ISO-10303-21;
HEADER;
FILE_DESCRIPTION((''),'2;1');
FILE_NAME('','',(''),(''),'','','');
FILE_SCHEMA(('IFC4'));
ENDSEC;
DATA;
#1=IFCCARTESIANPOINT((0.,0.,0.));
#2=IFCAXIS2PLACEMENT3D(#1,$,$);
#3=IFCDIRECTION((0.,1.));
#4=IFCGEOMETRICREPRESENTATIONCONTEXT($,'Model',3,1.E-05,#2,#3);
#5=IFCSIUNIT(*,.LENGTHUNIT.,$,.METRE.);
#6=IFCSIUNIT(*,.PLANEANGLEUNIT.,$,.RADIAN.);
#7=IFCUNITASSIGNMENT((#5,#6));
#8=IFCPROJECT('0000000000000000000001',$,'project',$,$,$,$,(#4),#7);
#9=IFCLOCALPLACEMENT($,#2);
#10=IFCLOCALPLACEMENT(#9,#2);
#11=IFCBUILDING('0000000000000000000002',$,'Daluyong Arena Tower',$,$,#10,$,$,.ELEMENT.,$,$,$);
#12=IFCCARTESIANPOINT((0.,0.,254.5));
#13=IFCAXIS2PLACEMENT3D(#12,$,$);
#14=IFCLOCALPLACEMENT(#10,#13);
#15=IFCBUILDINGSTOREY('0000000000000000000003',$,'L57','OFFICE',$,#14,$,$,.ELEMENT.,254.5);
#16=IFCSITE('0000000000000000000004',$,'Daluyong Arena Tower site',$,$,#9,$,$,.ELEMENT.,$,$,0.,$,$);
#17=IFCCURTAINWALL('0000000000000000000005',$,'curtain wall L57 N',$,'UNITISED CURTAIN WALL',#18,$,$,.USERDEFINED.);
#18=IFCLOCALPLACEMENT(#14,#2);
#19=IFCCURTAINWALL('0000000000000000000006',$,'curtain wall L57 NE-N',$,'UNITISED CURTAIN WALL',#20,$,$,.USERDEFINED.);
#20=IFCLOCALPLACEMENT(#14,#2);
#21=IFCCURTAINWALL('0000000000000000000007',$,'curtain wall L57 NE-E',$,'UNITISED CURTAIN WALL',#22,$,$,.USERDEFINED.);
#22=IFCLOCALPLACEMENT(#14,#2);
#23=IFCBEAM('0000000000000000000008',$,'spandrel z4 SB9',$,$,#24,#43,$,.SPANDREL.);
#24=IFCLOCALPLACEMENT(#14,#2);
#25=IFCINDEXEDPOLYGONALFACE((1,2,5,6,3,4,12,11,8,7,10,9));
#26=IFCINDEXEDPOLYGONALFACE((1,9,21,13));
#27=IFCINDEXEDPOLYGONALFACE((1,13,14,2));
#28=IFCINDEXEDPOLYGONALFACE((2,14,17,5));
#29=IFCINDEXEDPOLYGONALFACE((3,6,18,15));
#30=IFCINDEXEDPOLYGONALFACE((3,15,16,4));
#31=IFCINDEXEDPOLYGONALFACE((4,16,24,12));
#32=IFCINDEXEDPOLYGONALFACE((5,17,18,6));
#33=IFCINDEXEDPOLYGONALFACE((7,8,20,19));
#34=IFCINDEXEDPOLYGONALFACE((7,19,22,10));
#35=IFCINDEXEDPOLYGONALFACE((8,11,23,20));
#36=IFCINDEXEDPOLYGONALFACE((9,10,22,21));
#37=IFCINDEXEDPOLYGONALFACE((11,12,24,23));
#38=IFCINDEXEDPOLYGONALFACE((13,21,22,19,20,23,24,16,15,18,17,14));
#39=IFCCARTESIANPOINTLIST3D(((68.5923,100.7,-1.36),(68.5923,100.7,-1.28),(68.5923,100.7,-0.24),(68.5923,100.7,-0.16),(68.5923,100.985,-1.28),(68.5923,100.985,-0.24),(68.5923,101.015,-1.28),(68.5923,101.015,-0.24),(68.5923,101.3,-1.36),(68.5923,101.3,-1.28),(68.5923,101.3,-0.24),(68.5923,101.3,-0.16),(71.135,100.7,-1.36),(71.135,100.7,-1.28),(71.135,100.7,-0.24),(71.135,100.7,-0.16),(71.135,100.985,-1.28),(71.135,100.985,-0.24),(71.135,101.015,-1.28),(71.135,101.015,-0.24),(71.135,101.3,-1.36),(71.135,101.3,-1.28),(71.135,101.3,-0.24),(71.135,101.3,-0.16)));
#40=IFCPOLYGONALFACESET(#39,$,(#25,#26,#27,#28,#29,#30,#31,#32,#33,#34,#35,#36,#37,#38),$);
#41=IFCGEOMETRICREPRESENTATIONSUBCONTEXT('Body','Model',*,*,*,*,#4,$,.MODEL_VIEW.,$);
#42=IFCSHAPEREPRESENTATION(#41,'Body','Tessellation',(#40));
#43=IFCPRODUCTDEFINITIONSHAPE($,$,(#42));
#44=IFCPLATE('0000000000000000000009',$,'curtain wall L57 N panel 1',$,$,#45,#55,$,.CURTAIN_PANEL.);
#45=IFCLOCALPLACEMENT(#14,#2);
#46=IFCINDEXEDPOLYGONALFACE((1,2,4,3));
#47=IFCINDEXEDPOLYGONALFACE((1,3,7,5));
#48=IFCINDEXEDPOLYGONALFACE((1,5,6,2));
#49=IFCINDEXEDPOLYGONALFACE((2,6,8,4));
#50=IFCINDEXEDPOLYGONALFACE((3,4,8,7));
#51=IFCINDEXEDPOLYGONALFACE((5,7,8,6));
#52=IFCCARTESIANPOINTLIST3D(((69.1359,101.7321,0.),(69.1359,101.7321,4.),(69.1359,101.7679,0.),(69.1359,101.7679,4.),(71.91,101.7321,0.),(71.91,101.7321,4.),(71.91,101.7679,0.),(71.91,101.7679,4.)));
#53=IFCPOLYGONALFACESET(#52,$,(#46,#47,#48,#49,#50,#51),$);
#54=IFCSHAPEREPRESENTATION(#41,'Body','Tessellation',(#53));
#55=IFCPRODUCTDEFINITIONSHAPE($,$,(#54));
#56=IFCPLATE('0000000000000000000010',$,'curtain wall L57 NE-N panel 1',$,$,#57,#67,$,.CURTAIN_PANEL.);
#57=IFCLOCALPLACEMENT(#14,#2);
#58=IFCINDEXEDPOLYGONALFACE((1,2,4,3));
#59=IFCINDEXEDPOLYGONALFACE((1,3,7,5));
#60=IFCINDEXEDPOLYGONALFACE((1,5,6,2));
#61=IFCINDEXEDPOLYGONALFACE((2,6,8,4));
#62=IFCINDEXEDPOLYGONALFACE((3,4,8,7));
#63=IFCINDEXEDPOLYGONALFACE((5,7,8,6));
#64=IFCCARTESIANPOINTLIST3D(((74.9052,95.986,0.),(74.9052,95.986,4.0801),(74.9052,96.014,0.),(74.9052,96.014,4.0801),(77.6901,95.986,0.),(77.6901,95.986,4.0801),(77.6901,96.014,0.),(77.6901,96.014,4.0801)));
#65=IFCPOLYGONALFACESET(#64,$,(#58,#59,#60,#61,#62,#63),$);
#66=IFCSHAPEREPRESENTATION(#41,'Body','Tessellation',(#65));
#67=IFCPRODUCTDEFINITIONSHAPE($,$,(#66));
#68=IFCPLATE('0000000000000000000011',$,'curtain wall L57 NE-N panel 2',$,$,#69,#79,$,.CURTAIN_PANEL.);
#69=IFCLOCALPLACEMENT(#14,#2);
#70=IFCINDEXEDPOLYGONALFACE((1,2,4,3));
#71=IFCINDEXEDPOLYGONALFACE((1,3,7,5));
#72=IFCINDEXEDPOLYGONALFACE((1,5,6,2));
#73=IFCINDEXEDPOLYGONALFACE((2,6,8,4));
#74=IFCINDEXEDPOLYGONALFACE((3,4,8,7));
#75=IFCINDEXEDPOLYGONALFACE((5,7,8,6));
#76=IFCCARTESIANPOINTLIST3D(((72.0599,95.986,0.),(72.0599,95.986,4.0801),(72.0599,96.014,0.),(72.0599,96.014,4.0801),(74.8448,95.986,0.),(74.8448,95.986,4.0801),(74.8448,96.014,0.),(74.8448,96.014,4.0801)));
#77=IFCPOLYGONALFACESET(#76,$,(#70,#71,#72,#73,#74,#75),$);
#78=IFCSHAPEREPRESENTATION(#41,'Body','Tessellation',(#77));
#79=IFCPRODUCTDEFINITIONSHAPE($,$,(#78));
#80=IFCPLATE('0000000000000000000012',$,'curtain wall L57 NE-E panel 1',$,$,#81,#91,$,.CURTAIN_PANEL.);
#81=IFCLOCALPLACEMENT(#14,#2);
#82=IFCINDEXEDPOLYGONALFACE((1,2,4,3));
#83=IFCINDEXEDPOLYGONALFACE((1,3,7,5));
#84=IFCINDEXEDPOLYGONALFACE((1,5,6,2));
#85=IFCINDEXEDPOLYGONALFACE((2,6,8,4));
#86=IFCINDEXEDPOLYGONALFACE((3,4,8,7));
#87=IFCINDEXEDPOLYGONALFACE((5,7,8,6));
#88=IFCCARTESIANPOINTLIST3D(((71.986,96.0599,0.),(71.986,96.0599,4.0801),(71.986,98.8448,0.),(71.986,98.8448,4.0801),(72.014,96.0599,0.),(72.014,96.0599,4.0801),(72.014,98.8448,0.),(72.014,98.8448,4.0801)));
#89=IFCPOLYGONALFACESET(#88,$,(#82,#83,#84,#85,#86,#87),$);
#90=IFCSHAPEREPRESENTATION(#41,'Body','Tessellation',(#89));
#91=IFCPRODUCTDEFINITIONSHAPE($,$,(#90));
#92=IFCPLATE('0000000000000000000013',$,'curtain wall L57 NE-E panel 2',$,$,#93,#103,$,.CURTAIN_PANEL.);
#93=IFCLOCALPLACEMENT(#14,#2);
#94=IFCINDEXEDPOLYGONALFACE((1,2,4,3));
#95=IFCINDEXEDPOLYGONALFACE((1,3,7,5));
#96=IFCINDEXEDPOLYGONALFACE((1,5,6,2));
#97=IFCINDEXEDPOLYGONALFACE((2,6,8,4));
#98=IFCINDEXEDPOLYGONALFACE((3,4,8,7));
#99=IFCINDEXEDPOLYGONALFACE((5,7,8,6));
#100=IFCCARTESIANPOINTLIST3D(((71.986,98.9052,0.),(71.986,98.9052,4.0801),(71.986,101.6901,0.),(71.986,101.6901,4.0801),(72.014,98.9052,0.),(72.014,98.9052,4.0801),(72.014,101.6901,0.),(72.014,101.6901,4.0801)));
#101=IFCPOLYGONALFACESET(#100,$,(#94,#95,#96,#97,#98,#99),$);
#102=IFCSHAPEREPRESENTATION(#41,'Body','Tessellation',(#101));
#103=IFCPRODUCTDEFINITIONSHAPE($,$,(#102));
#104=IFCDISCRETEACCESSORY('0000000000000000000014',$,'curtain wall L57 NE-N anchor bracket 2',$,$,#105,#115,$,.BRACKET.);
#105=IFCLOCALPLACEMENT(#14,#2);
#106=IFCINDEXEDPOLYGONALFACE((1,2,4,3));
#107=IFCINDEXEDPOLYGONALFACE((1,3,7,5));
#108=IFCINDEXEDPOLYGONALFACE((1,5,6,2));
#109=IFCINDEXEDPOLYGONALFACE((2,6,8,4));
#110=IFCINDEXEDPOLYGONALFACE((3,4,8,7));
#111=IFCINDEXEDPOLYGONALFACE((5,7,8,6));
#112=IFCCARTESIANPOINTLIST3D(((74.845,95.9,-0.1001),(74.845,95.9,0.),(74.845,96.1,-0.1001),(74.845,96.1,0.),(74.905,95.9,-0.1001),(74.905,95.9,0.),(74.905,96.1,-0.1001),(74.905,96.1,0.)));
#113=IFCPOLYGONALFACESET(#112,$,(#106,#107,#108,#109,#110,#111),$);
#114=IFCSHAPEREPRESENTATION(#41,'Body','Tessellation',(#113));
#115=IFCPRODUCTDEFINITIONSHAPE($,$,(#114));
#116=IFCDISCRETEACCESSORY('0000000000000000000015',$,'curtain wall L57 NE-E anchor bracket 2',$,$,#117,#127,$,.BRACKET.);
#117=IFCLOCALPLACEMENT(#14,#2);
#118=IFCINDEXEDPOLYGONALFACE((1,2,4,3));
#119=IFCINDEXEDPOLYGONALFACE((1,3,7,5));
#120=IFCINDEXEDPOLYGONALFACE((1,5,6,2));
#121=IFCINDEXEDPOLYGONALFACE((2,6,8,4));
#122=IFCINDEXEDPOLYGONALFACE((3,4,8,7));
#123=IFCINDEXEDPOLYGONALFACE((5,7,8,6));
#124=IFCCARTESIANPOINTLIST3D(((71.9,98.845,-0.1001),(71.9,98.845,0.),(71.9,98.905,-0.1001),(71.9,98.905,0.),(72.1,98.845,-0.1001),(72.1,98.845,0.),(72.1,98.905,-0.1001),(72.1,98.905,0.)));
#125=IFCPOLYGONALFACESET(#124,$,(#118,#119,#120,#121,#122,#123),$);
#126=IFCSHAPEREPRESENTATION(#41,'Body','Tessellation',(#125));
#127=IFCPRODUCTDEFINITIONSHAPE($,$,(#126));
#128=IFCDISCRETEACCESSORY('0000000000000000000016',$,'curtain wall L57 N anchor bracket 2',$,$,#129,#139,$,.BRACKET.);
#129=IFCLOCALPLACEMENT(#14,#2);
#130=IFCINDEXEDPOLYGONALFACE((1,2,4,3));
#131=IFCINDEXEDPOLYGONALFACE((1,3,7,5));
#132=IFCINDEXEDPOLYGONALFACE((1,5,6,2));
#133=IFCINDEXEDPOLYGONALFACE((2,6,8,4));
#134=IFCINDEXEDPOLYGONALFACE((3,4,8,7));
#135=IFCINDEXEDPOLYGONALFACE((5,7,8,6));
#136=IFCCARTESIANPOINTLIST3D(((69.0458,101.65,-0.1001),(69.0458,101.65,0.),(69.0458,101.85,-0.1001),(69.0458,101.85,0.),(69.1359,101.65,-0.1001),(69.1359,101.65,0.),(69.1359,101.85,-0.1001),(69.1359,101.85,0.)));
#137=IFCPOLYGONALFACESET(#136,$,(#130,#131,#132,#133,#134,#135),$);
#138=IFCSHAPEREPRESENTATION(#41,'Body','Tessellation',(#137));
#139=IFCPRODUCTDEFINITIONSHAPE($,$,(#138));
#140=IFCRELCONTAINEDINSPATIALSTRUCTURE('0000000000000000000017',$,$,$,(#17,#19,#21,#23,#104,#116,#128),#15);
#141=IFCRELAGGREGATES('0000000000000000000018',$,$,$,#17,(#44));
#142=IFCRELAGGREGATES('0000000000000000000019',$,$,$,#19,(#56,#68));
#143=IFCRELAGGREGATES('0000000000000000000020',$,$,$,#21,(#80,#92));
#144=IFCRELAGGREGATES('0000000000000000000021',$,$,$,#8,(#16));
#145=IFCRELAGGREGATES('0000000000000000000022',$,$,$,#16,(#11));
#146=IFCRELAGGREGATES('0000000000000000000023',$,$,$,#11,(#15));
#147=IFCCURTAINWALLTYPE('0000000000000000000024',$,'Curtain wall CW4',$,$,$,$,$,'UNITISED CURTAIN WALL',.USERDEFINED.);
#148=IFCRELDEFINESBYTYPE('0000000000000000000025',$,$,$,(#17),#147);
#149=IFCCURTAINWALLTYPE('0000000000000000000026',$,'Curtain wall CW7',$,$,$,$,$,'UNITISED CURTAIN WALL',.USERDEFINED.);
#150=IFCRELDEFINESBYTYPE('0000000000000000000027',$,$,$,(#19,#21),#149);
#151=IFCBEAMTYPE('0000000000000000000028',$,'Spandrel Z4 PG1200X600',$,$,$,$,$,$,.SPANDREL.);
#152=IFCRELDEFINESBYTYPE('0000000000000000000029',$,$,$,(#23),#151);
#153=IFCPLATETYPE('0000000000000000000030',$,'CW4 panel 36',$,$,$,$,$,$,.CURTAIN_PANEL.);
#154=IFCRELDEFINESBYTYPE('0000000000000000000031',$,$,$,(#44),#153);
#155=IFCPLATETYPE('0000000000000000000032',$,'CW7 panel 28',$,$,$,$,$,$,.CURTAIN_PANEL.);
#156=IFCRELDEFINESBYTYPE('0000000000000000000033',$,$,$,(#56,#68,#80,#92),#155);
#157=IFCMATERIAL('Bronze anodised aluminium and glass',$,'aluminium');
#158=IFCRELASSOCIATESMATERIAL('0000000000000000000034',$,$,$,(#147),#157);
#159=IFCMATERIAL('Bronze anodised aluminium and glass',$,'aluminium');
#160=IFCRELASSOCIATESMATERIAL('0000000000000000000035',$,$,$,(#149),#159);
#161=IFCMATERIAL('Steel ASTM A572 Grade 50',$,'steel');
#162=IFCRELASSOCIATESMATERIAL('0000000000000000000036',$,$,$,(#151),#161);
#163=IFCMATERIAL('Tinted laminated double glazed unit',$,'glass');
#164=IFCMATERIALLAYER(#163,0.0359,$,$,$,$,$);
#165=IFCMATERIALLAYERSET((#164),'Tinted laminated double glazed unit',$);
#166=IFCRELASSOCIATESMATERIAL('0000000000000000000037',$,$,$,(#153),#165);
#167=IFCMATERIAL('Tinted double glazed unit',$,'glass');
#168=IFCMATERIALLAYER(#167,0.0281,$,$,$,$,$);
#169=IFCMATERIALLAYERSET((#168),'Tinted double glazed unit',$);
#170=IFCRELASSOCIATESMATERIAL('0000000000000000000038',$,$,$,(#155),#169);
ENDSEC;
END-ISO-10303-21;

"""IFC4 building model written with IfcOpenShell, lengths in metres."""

from ifc_helpers import new_model, si_unit, direction, frame, origin, origin_2d, place, context, subcontext, project, spatial, rectangle, i_section, extrude, material, layer, layer_set, material_profile, profile_set, type_object, element, aggregate, save


model = new_model("IFC4")

# Units and contexts
model_context = context("Model", 3, precision=1e-05, world=origin(), true_north=direction((0.0, 1.0)))
body_context = subcontext(model_context, "Body", "Model", "MODEL_VIEW")
ifc_project = project(units=[si_unit("LENGTHUNIT", "METRE"), si_unit("PLANEANGLEUNIT", "RADIAN")], contexts=[model_context])

# Site, building, storey
site_placement = place(None, origin())
site = spatial("IfcSite", under=ifc_project, at=site_placement, Name="Daluyong Arena Tower site", CompositionType="ELEMENT", RefElevation=0.0)
building_placement = place(site_placement, origin())
building = spatial("IfcBuilding", under=site, at=building_placement, Name="Daluyong Arena Tower", CompositionType="ELEMENT")
storey_placement = place(building_placement, frame((0.0, 0.0, 254.5)))
storey = spatial("IfcBuildingStorey", under=building, at=storey_placement, Name="L57", Description="OFFICE", CompositionType="ELEMENT", Elevation=254.5)

# Shared definitions
ifc_material_1 = material(Name="Bronze anodised aluminium and glass", Category="aluminium")
curtain_wall_type_1 = type_object("IfcCurtainWallType", Name="Curtain wall CW4", ElementType="UNITISED CURTAIN WALL", PredefinedType="USERDEFINED", material=ifc_material_1)

# Curtain walls
curtain_wall_1_placement = place(storey_placement, origin())
curtain_wall_1 = element("IfcCurtainWall", 1, at=curtain_wall_1_placement, inside=storey, type_object=curtain_wall_type_1, Name="curtain wall L57 N", ObjectType="UNITISED CURTAIN WALL", PredefinedType="USERDEFINED")
ifc_material_2 = material(Name="Bronze anodised aluminium and glass", Category="aluminium")
curtain_wall_type_2 = type_object("IfcCurtainWallType", Name="Curtain wall CW7", ElementType="UNITISED CURTAIN WALL", PredefinedType="USERDEFINED", material=ifc_material_2)
curtain_wall_2_placement = place(storey_placement, origin())
curtain_wall_2 = element("IfcCurtainWall", 2, at=curtain_wall_2_placement, inside=storey, type_object=curtain_wall_type_2, Name="curtain wall L57 NE-N", ObjectType="UNITISED CURTAIN WALL", PredefinedType="USERDEFINED")
curtain_wall_3_placement = place(storey_placement, origin())
curtain_wall_3 = element("IfcCurtainWall", 3, at=curtain_wall_3_placement, inside=storey, type_object=curtain_wall_type_2, Name="curtain wall L57 NE-E", ObjectType="UNITISED CURTAIN WALL", PredefinedType="USERDEFINED")

# Beam
ifc_material_3 = material(Name="Steel ASTM A572 Grade 50", Category="steel")
ifc_material_profile_1 = material_profile(ifc_material_3, i_section(OverallWidth=0.6001, OverallDepth=1.2, WebThickness=0.03, FlangeThickness=0.08, at=origin_2d()))
ifc_profile_set_1 = profile_set([ifc_material_profile_1], Name="Steel ASTM A572 Grade 50")
beam_type = type_object("IfcBeamType", Name="Spandrel Z4 PG1200X600", PredefinedType="SPANDREL", material=ifc_profile_set_1)
beam_placement = place(storey_placement, frame((71.135, 101.0, -0.76), z_axis=(-1.0, 0.0, 0.0), x_axis=(0.0, -1.0, 0.0)))
element("IfcBeam", 4, at=beam_placement, inside=storey, type_object=beam_type, Name="spandrel z4 SB9", PredefinedType="SPANDREL", context=body_context, shape_type="SweptSolid", body=[
    extrude(i_section(OverallWidth=0.6001, OverallDepth=1.2, WebThickness=0.03, FlangeThickness=0.08, at=origin_2d()), origin(), (0.0, 0.0, 1.0), 2.5427),
])

# Plates
ifc_material_4 = material(Name="Tinted laminated double glazed unit", Category="glass")
ifc_layer_1 = layer(ifc_material_4, 0.0359)
ifc_layer_set_1 = layer_set([ifc_layer_1], Name="Tinted laminated double glazed unit")
plate_type_1 = type_object("IfcPlateType", Name="CW4 panel 36", PredefinedType="CURTAIN_PANEL", material=ifc_layer_set_1)
plate_1_placement = place(storey_placement, frame((70.5229, 101.75, 0.0), z_axis=(0.0, 0.0, 1.0), x_axis=(-1.0, 0.0, 0.0)))
plate_1 = element("IfcPlate", 5, at=plate_1_placement, type_object=plate_type_1, Name="curtain wall L57 N panel 1", PredefinedType="CURTAIN_PANEL", context=body_context, shape_type="SweptSolid", body=[
    extrude(rectangle(XDim=2.7742, YDim=0.0359, at=origin_2d()), origin(), (0.0, 0.0, 1.0), 4.0),
])
aggregate(curtain_wall_1, [plate_1])
ifc_material_5 = material(Name="Tinted double glazed unit", Category="glass")
ifc_layer_2 = layer(ifc_material_5, 0.0281)
ifc_layer_set_2 = layer_set([ifc_layer_2], Name="Tinted double glazed unit")
plate_type_2 = type_object("IfcPlateType", Name="CW7 panel 28", PredefinedType="CURTAIN_PANEL", material=ifc_layer_set_2)
plate_2_placement = place(storey_placement, frame((76.2976, 96.0, 0.0), z_axis=(0.0, 0.0, 1.0), x_axis=(-1.0, 0.0, 0.0)))
plate_2 = element("IfcPlate", 6, at=plate_2_placement, type_object=plate_type_2, Name="curtain wall L57 NE-N panel 1", PredefinedType="CURTAIN_PANEL", context=body_context, shape_type="SweptSolid", body=[
    extrude(rectangle(XDim=2.7849, YDim=0.0281, at=origin_2d()), origin(), (0.0, 0.0, 1.0), 4.0801),
])
plate_3_placement = place(storey_placement, frame((73.4524, 96.0, 0.0), z_axis=(0.0, 0.0, 1.0), x_axis=(-1.0, 0.0, 0.0)))
plate_3 = element("IfcPlate", 7, at=plate_3_placement, type_object=plate_type_2, Name="curtain wall L57 NE-N panel 2", PredefinedType="CURTAIN_PANEL", context=body_context, shape_type="SweptSolid", body=[
    extrude(rectangle(XDim=2.7849, YDim=0.0281, at=origin_2d()), origin(), (0.0, 0.0, 1.0), 4.0801),
])
aggregate(curtain_wall_2, [plate_2, plate_3])
plate_4_placement = place(storey_placement, frame((72.0, 97.4524, 0.0), z_axis=(0.0, 0.0, 1.0), x_axis=(0.0, 1.0, 0.0)))
plate_4 = element("IfcPlate", 8, at=plate_4_placement, type_object=plate_type_2, Name="curtain wall L57 NE-E panel 1", PredefinedType="CURTAIN_PANEL", context=body_context, shape_type="SweptSolid", body=[
    extrude(rectangle(XDim=2.7849, YDim=0.0281, at=origin_2d()), origin(), (0.0, 0.0, 1.0), 4.0801),
])
plate_5_placement = place(storey_placement, frame((72.0, 100.2976, 0.0), z_axis=(0.0, 0.0, 1.0), x_axis=(0.0, 1.0, 0.0)))
plate_5 = element("IfcPlate", 9, at=plate_5_placement, type_object=plate_type_2, Name="curtain wall L57 NE-E panel 2", PredefinedType="CURTAIN_PANEL", context=body_context, shape_type="SweptSolid", body=[
    extrude(rectangle(XDim=2.7849, YDim=0.0281, at=origin_2d()), origin(), (0.0, 0.0, 1.0), 4.0801),
])
aggregate(curtain_wall_3, [plate_4, plate_5])

# Discrete accessories
for number, where, z_axis, x_axis, name in (
    (10, (74.875, 96.0, -0.1001), (0.0, 0.0, 1.0), (-1.0, 0.0, 0.0), "curtain wall L57 NE-N anchor bracket 2"),
    (11, (72.0, 98.875, -0.1001), (0.0, 0.0, 1.0), (0.0, 1.0, 0.0), "curtain wall L57 NE-E anchor bracket 2"),
):
    element("IfcDiscreteAccessory", number, at=place(storey_placement, frame(where, z_axis=z_axis, x_axis=x_axis)), inside=storey, Name=name, PredefinedType="BRACKET", context=body_context, shape_type="SweptSolid", body=[
        extrude(rectangle(XDim=0.0601, YDim=0.2, at=origin_2d()), origin(), (0.0, 0.0, 1.0), 0.1001),
    ])
discrete_accessory_placement = place(storey_placement, frame((69.0908, 101.75, -0.1001), z_axis=(0.0, 0.0, 1.0), x_axis=(-1.0, 0.0, 0.0)))
element("IfcDiscreteAccessory", 12, at=discrete_accessory_placement, inside=storey, Name="curtain wall L57 N anchor bracket 2", PredefinedType="BRACKET", context=body_context, shape_type="SweptSolid", body=[
    extrude(rectangle(XDim=0.0901, YDim=0.2, at=origin_2d()), origin(), (0.0, 0.0, 1.0), 0.1001),
])

save(model, "model.ifc")
